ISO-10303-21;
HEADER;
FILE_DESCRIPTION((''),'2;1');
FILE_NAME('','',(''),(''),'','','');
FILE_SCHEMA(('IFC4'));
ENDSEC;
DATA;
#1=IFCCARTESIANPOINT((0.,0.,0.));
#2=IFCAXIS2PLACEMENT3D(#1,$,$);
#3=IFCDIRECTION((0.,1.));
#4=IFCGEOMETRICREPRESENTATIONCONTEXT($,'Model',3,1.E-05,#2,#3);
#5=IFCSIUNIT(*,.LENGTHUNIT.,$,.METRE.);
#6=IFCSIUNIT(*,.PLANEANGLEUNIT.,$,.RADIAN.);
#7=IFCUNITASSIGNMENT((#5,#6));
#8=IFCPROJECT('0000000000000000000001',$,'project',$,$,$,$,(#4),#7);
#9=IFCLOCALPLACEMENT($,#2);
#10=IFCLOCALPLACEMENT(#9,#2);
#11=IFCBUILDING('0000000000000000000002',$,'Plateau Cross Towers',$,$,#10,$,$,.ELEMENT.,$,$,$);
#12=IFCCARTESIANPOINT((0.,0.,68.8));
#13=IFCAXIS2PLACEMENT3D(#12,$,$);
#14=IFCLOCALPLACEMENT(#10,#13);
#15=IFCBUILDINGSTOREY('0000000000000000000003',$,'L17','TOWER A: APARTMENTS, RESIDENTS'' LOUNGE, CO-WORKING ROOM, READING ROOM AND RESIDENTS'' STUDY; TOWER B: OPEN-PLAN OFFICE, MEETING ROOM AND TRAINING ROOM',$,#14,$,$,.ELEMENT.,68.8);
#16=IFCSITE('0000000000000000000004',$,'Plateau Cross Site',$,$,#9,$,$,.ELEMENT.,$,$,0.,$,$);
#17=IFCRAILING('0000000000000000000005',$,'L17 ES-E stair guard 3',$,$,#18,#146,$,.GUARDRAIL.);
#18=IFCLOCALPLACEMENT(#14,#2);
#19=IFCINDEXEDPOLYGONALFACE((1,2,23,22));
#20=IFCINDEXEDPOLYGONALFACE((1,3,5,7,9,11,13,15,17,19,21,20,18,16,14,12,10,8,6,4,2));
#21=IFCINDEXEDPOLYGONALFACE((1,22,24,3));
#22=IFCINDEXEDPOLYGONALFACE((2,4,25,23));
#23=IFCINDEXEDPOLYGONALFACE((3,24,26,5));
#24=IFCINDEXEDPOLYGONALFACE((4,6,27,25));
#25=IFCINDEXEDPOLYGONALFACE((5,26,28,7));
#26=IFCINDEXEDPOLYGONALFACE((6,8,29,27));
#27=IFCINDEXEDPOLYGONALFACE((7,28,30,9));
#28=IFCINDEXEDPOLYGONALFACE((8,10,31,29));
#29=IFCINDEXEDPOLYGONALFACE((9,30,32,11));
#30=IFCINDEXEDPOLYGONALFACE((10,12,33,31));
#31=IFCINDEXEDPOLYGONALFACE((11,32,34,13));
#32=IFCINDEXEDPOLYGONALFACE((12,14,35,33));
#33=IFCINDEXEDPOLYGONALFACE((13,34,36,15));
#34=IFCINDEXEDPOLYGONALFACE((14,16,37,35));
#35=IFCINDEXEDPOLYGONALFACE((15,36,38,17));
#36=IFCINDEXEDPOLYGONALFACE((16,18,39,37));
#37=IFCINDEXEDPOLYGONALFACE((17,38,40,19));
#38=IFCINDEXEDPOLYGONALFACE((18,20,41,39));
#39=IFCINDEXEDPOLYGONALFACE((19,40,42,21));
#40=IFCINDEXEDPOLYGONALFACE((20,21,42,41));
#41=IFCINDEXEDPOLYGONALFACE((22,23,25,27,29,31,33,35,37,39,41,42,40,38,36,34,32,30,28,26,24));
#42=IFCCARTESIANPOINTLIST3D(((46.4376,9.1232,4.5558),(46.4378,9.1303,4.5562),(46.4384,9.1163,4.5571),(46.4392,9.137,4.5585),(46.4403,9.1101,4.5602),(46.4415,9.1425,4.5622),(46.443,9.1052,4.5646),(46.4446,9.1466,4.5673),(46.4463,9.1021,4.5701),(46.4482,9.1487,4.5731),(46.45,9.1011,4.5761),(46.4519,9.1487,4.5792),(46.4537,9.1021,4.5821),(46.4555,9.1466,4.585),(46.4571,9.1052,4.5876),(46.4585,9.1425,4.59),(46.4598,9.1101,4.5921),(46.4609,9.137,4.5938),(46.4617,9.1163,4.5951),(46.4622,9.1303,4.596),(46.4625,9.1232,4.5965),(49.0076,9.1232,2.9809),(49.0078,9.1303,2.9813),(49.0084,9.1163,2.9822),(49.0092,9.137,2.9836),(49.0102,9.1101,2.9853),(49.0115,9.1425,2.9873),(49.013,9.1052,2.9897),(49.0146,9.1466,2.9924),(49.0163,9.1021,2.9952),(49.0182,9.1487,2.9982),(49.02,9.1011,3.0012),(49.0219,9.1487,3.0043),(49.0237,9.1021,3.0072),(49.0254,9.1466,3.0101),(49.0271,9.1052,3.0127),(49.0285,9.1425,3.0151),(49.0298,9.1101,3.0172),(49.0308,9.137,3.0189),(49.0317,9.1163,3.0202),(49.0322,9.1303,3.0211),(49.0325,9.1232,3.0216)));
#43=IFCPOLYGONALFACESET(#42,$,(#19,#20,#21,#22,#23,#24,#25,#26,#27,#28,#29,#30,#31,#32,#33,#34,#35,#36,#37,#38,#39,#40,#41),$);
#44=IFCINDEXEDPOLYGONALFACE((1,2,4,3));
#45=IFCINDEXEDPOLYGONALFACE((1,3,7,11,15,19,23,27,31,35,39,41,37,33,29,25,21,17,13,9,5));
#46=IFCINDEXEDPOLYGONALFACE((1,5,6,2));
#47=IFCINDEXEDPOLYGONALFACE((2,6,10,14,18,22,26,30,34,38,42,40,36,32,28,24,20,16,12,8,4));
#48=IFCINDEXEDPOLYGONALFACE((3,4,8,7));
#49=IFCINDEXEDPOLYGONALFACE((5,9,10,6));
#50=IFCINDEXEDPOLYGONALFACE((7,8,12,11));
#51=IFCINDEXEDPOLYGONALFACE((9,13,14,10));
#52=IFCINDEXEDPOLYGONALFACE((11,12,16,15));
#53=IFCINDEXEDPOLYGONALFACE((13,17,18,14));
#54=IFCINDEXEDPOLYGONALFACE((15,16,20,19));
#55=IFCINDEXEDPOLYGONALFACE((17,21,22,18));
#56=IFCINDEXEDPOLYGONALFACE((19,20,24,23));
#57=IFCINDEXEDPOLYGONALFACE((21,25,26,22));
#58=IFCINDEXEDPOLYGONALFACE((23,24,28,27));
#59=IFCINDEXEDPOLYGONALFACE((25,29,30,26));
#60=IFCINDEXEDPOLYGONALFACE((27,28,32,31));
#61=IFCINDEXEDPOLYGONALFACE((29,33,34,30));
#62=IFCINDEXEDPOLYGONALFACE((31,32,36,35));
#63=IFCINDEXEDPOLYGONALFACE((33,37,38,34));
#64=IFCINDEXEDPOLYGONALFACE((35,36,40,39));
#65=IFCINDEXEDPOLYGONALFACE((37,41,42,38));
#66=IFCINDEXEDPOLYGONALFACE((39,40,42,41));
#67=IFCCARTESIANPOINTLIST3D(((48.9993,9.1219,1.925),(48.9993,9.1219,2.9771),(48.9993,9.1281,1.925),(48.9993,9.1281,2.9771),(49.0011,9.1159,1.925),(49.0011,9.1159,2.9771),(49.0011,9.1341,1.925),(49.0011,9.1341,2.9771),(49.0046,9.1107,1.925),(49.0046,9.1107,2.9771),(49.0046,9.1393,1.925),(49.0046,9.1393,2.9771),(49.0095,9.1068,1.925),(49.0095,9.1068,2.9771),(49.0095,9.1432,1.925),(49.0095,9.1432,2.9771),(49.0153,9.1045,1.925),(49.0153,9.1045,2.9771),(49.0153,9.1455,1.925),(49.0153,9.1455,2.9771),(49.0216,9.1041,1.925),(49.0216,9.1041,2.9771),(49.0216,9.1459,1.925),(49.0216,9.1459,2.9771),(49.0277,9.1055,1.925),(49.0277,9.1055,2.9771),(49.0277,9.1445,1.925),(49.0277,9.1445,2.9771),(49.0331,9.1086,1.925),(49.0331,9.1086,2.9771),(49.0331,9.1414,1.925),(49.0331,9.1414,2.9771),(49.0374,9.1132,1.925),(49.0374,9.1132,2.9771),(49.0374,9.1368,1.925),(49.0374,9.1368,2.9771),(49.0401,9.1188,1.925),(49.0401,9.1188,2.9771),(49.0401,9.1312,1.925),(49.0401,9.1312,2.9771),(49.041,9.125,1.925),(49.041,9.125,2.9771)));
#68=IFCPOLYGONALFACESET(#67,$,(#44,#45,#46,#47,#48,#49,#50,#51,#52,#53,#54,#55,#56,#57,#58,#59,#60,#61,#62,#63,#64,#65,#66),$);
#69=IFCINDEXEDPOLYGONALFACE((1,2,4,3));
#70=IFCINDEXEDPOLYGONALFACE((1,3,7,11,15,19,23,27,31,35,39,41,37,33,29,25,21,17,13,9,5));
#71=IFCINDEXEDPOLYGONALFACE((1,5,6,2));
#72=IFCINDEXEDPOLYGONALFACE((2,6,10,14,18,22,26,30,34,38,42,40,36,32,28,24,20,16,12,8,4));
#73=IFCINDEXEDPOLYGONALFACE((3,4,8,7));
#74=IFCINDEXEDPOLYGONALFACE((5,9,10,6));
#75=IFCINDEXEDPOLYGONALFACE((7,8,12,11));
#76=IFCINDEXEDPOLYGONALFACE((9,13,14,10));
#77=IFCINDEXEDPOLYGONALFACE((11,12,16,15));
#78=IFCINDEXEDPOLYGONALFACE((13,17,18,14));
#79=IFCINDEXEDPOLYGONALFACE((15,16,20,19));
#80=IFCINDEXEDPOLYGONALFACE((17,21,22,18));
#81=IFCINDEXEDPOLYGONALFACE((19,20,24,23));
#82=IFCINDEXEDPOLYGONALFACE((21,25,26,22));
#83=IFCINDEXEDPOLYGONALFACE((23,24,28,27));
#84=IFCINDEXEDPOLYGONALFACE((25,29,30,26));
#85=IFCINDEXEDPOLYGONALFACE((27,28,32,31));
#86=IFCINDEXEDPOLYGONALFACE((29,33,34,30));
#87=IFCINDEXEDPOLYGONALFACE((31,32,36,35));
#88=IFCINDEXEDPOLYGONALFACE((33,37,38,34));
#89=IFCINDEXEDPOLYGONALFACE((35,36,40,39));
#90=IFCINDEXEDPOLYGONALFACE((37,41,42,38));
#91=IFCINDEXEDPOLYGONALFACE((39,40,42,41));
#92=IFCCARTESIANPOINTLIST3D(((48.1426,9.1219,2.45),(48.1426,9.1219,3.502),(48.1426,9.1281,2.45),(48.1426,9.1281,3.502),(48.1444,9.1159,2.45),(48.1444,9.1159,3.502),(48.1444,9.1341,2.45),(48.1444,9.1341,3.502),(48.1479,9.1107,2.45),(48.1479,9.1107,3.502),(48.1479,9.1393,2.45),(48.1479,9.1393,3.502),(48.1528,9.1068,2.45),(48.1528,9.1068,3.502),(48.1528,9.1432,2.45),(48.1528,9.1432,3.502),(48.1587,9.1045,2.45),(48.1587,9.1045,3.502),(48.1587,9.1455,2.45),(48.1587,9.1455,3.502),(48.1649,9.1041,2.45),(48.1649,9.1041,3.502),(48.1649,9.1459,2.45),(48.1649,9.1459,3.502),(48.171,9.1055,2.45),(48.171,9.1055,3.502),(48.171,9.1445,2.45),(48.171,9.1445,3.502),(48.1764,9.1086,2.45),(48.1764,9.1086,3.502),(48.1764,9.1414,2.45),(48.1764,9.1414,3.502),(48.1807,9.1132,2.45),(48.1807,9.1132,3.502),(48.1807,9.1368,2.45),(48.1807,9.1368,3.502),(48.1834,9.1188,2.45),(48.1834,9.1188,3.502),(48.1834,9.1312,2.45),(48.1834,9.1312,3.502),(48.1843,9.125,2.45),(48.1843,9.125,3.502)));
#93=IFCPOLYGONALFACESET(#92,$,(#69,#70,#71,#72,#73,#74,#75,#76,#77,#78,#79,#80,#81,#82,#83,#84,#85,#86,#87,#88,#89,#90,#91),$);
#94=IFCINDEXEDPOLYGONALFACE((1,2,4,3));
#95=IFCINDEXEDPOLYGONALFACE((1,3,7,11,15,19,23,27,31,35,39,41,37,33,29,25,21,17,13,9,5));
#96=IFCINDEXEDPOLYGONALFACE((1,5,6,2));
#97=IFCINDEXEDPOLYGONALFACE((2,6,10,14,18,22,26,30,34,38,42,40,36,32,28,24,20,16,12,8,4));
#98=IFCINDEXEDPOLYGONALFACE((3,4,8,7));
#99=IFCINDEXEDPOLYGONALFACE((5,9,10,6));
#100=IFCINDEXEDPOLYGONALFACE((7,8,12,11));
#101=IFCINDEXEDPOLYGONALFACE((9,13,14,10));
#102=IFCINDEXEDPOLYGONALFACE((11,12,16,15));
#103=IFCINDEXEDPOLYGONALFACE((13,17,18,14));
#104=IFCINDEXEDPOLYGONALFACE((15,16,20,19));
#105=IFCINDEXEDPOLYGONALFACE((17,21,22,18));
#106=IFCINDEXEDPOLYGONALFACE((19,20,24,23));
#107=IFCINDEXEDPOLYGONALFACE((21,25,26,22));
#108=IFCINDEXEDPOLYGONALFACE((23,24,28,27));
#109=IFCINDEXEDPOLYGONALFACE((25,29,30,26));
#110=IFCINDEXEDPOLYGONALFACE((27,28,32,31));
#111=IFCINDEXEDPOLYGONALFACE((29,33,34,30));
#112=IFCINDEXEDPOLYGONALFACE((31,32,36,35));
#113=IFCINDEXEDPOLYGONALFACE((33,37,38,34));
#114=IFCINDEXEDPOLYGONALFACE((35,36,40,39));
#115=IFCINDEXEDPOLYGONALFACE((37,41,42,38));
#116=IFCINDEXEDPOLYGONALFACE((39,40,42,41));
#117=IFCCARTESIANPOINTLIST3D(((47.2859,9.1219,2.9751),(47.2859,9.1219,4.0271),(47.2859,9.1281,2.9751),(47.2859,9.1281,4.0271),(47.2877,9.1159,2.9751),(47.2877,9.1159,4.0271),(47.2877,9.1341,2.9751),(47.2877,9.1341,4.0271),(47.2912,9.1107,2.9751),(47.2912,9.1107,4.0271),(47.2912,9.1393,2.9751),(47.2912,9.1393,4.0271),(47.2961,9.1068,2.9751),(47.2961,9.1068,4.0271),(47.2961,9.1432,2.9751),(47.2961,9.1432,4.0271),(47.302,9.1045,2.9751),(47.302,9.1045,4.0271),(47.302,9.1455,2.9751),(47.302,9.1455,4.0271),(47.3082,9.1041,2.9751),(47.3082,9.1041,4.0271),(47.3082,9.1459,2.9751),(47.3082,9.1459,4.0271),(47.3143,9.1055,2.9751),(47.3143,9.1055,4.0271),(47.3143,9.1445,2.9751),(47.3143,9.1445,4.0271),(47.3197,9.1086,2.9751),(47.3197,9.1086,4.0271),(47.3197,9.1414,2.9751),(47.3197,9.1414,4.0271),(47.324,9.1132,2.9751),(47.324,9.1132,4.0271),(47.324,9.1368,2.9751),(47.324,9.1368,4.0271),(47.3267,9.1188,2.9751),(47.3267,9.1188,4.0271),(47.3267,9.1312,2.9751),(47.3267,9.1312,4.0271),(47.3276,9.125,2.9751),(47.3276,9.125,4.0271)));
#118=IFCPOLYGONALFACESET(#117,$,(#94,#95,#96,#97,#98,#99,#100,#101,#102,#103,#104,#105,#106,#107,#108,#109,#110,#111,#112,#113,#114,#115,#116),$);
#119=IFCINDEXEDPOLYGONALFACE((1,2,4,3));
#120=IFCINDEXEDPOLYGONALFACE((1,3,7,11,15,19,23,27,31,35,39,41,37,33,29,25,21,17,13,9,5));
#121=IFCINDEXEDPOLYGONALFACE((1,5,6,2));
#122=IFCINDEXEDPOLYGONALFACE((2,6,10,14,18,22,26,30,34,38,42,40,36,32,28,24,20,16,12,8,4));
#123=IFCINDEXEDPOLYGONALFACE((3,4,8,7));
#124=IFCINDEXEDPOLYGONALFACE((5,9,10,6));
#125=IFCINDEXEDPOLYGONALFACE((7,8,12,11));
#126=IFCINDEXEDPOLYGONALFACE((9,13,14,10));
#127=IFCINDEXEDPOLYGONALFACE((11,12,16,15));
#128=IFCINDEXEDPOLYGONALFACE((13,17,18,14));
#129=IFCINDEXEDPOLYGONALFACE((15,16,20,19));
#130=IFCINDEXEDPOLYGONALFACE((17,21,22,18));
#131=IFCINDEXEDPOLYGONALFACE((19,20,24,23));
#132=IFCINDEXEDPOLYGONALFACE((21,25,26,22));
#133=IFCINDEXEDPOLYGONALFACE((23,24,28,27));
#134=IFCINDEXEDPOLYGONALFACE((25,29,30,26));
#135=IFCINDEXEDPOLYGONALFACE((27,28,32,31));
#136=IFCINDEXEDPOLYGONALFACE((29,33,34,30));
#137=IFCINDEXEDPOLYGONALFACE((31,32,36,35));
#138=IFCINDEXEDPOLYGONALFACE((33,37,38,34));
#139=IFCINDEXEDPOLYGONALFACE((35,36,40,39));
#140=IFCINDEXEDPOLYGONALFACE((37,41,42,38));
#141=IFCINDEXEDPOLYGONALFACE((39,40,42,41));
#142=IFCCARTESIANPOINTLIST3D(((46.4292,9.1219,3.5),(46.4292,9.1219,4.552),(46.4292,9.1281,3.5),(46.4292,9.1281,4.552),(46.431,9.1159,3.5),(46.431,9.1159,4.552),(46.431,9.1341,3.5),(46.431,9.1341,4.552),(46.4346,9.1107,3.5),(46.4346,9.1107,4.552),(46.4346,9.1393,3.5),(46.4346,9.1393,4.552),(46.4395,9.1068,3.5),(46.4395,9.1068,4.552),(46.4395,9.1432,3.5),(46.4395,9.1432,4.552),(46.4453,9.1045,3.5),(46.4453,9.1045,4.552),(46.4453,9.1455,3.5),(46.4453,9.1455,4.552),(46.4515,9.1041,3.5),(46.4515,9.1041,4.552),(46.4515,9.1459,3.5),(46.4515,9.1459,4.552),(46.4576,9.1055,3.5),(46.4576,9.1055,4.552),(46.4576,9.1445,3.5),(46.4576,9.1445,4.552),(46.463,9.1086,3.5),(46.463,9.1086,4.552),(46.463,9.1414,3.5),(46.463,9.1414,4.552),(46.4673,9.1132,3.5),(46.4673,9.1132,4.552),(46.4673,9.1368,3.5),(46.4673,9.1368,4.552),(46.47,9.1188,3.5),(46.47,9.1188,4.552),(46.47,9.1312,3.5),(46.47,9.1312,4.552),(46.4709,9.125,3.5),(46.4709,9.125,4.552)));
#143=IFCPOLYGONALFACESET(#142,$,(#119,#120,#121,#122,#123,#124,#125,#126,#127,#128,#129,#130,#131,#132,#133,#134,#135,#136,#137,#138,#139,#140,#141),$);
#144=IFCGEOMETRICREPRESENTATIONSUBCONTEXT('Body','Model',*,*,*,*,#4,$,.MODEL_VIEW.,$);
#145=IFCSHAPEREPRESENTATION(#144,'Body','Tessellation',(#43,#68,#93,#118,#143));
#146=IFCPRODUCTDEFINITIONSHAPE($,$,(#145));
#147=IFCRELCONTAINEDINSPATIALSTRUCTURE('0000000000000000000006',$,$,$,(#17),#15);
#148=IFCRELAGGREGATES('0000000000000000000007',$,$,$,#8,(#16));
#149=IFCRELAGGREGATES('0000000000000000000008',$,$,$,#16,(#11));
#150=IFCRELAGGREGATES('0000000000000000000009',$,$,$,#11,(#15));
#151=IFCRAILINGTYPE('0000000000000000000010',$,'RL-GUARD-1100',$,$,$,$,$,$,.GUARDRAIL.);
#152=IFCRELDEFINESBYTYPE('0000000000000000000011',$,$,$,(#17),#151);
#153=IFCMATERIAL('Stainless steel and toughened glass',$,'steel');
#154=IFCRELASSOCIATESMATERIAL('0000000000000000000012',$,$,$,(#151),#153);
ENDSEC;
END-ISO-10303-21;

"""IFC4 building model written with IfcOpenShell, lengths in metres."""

from ifc_helpers import new_model, si_unit, direction, frame, origin, origin_2d, place, context, subcontext, project, spatial, circle, extrude, material, type_object, element, save


model = new_model("IFC4")

# Units and contexts
model_context = context("Model", 3, precision=1e-05, world=origin(), true_north=direction((0.0, 1.0)))
body_context = subcontext(model_context, "Body", "Model", "MODEL_VIEW")
ifc_project = project(units=[si_unit("LENGTHUNIT", "METRE"), si_unit("PLANEANGLEUNIT", "RADIAN")], contexts=[model_context])

# Site, building, storey
site_placement = place(None, origin())
site = spatial("IfcSite", under=ifc_project, at=site_placement, Name="Plateau Cross Site", CompositionType="ELEMENT", RefElevation=0.0)
building_placement = place(site_placement, origin())
building = spatial("IfcBuilding", under=site, at=building_placement, Name="Plateau Cross Towers", CompositionType="ELEMENT")
storey_placement = place(building_placement, frame((0.0, 0.0, 68.8)))
storey = spatial("IfcBuildingStorey", under=building, at=storey_placement, Name="L17", Description="TOWER A: APARTMENTS, RESIDENTS' LOUNGE, CO-WORKING ROOM, READING ROOM AND RESIDENTS' STUDY; TOWER B: OPEN-PLAN OFFICE, MEETING ROOM AND TRAINING ROOM", CompositionType="ELEMENT", Elevation=68.8)

# Railing
ifc_material_1 = material(Name="Stainless steel and toughened glass", Category="steel")
railing_type_1 = type_object("IfcRailingType", Name="RL-GUARD-1100", PredefinedType="GUARDRAIL", material=ifc_material_1)
railing_1_placement = place(storey_placement, frame((49.02, 9.125, 1.925)))
element("IfcRailing", 1, at=railing_1_placement, inside=storey, type_object=railing_type_1, Name="L17 ES-E stair guard 3", PredefinedType="GUARDRAIL", context=body_context, shape_type="SweptSolid", body=[
    extrude(circle(Radius=0.0239, at=origin_2d()), frame((0.0, 0.0, 1.0762), z_axis=(-0.852639, 0.0, 0.522501), x_axis=(0.0, -1.0, 0.0)), (0.0, 0.0, 1.0), 3.0142),
    extrude(circle(Radius=0.021, at=origin_2d()), origin(), (0.0, 0.0, 1.0), 1.052),
    extrude(circle(Radius=0.021, at=origin_2d()), frame((-0.8567, 0.0, 0.5249)), (0.0, 0.0, 1.0), 1.052),
    extrude(circle(Radius=0.021, at=origin_2d()), frame((-1.7134, 0.0, 1.05)), (0.0, 0.0, 1.0), 1.052),
    extrude(circle(Radius=0.021, at=origin_2d()), frame((-2.5701, 0.0, 1.575)), (0.0, 0.0, 1.0), 1.052),
])

save(model, "model.ifc")
